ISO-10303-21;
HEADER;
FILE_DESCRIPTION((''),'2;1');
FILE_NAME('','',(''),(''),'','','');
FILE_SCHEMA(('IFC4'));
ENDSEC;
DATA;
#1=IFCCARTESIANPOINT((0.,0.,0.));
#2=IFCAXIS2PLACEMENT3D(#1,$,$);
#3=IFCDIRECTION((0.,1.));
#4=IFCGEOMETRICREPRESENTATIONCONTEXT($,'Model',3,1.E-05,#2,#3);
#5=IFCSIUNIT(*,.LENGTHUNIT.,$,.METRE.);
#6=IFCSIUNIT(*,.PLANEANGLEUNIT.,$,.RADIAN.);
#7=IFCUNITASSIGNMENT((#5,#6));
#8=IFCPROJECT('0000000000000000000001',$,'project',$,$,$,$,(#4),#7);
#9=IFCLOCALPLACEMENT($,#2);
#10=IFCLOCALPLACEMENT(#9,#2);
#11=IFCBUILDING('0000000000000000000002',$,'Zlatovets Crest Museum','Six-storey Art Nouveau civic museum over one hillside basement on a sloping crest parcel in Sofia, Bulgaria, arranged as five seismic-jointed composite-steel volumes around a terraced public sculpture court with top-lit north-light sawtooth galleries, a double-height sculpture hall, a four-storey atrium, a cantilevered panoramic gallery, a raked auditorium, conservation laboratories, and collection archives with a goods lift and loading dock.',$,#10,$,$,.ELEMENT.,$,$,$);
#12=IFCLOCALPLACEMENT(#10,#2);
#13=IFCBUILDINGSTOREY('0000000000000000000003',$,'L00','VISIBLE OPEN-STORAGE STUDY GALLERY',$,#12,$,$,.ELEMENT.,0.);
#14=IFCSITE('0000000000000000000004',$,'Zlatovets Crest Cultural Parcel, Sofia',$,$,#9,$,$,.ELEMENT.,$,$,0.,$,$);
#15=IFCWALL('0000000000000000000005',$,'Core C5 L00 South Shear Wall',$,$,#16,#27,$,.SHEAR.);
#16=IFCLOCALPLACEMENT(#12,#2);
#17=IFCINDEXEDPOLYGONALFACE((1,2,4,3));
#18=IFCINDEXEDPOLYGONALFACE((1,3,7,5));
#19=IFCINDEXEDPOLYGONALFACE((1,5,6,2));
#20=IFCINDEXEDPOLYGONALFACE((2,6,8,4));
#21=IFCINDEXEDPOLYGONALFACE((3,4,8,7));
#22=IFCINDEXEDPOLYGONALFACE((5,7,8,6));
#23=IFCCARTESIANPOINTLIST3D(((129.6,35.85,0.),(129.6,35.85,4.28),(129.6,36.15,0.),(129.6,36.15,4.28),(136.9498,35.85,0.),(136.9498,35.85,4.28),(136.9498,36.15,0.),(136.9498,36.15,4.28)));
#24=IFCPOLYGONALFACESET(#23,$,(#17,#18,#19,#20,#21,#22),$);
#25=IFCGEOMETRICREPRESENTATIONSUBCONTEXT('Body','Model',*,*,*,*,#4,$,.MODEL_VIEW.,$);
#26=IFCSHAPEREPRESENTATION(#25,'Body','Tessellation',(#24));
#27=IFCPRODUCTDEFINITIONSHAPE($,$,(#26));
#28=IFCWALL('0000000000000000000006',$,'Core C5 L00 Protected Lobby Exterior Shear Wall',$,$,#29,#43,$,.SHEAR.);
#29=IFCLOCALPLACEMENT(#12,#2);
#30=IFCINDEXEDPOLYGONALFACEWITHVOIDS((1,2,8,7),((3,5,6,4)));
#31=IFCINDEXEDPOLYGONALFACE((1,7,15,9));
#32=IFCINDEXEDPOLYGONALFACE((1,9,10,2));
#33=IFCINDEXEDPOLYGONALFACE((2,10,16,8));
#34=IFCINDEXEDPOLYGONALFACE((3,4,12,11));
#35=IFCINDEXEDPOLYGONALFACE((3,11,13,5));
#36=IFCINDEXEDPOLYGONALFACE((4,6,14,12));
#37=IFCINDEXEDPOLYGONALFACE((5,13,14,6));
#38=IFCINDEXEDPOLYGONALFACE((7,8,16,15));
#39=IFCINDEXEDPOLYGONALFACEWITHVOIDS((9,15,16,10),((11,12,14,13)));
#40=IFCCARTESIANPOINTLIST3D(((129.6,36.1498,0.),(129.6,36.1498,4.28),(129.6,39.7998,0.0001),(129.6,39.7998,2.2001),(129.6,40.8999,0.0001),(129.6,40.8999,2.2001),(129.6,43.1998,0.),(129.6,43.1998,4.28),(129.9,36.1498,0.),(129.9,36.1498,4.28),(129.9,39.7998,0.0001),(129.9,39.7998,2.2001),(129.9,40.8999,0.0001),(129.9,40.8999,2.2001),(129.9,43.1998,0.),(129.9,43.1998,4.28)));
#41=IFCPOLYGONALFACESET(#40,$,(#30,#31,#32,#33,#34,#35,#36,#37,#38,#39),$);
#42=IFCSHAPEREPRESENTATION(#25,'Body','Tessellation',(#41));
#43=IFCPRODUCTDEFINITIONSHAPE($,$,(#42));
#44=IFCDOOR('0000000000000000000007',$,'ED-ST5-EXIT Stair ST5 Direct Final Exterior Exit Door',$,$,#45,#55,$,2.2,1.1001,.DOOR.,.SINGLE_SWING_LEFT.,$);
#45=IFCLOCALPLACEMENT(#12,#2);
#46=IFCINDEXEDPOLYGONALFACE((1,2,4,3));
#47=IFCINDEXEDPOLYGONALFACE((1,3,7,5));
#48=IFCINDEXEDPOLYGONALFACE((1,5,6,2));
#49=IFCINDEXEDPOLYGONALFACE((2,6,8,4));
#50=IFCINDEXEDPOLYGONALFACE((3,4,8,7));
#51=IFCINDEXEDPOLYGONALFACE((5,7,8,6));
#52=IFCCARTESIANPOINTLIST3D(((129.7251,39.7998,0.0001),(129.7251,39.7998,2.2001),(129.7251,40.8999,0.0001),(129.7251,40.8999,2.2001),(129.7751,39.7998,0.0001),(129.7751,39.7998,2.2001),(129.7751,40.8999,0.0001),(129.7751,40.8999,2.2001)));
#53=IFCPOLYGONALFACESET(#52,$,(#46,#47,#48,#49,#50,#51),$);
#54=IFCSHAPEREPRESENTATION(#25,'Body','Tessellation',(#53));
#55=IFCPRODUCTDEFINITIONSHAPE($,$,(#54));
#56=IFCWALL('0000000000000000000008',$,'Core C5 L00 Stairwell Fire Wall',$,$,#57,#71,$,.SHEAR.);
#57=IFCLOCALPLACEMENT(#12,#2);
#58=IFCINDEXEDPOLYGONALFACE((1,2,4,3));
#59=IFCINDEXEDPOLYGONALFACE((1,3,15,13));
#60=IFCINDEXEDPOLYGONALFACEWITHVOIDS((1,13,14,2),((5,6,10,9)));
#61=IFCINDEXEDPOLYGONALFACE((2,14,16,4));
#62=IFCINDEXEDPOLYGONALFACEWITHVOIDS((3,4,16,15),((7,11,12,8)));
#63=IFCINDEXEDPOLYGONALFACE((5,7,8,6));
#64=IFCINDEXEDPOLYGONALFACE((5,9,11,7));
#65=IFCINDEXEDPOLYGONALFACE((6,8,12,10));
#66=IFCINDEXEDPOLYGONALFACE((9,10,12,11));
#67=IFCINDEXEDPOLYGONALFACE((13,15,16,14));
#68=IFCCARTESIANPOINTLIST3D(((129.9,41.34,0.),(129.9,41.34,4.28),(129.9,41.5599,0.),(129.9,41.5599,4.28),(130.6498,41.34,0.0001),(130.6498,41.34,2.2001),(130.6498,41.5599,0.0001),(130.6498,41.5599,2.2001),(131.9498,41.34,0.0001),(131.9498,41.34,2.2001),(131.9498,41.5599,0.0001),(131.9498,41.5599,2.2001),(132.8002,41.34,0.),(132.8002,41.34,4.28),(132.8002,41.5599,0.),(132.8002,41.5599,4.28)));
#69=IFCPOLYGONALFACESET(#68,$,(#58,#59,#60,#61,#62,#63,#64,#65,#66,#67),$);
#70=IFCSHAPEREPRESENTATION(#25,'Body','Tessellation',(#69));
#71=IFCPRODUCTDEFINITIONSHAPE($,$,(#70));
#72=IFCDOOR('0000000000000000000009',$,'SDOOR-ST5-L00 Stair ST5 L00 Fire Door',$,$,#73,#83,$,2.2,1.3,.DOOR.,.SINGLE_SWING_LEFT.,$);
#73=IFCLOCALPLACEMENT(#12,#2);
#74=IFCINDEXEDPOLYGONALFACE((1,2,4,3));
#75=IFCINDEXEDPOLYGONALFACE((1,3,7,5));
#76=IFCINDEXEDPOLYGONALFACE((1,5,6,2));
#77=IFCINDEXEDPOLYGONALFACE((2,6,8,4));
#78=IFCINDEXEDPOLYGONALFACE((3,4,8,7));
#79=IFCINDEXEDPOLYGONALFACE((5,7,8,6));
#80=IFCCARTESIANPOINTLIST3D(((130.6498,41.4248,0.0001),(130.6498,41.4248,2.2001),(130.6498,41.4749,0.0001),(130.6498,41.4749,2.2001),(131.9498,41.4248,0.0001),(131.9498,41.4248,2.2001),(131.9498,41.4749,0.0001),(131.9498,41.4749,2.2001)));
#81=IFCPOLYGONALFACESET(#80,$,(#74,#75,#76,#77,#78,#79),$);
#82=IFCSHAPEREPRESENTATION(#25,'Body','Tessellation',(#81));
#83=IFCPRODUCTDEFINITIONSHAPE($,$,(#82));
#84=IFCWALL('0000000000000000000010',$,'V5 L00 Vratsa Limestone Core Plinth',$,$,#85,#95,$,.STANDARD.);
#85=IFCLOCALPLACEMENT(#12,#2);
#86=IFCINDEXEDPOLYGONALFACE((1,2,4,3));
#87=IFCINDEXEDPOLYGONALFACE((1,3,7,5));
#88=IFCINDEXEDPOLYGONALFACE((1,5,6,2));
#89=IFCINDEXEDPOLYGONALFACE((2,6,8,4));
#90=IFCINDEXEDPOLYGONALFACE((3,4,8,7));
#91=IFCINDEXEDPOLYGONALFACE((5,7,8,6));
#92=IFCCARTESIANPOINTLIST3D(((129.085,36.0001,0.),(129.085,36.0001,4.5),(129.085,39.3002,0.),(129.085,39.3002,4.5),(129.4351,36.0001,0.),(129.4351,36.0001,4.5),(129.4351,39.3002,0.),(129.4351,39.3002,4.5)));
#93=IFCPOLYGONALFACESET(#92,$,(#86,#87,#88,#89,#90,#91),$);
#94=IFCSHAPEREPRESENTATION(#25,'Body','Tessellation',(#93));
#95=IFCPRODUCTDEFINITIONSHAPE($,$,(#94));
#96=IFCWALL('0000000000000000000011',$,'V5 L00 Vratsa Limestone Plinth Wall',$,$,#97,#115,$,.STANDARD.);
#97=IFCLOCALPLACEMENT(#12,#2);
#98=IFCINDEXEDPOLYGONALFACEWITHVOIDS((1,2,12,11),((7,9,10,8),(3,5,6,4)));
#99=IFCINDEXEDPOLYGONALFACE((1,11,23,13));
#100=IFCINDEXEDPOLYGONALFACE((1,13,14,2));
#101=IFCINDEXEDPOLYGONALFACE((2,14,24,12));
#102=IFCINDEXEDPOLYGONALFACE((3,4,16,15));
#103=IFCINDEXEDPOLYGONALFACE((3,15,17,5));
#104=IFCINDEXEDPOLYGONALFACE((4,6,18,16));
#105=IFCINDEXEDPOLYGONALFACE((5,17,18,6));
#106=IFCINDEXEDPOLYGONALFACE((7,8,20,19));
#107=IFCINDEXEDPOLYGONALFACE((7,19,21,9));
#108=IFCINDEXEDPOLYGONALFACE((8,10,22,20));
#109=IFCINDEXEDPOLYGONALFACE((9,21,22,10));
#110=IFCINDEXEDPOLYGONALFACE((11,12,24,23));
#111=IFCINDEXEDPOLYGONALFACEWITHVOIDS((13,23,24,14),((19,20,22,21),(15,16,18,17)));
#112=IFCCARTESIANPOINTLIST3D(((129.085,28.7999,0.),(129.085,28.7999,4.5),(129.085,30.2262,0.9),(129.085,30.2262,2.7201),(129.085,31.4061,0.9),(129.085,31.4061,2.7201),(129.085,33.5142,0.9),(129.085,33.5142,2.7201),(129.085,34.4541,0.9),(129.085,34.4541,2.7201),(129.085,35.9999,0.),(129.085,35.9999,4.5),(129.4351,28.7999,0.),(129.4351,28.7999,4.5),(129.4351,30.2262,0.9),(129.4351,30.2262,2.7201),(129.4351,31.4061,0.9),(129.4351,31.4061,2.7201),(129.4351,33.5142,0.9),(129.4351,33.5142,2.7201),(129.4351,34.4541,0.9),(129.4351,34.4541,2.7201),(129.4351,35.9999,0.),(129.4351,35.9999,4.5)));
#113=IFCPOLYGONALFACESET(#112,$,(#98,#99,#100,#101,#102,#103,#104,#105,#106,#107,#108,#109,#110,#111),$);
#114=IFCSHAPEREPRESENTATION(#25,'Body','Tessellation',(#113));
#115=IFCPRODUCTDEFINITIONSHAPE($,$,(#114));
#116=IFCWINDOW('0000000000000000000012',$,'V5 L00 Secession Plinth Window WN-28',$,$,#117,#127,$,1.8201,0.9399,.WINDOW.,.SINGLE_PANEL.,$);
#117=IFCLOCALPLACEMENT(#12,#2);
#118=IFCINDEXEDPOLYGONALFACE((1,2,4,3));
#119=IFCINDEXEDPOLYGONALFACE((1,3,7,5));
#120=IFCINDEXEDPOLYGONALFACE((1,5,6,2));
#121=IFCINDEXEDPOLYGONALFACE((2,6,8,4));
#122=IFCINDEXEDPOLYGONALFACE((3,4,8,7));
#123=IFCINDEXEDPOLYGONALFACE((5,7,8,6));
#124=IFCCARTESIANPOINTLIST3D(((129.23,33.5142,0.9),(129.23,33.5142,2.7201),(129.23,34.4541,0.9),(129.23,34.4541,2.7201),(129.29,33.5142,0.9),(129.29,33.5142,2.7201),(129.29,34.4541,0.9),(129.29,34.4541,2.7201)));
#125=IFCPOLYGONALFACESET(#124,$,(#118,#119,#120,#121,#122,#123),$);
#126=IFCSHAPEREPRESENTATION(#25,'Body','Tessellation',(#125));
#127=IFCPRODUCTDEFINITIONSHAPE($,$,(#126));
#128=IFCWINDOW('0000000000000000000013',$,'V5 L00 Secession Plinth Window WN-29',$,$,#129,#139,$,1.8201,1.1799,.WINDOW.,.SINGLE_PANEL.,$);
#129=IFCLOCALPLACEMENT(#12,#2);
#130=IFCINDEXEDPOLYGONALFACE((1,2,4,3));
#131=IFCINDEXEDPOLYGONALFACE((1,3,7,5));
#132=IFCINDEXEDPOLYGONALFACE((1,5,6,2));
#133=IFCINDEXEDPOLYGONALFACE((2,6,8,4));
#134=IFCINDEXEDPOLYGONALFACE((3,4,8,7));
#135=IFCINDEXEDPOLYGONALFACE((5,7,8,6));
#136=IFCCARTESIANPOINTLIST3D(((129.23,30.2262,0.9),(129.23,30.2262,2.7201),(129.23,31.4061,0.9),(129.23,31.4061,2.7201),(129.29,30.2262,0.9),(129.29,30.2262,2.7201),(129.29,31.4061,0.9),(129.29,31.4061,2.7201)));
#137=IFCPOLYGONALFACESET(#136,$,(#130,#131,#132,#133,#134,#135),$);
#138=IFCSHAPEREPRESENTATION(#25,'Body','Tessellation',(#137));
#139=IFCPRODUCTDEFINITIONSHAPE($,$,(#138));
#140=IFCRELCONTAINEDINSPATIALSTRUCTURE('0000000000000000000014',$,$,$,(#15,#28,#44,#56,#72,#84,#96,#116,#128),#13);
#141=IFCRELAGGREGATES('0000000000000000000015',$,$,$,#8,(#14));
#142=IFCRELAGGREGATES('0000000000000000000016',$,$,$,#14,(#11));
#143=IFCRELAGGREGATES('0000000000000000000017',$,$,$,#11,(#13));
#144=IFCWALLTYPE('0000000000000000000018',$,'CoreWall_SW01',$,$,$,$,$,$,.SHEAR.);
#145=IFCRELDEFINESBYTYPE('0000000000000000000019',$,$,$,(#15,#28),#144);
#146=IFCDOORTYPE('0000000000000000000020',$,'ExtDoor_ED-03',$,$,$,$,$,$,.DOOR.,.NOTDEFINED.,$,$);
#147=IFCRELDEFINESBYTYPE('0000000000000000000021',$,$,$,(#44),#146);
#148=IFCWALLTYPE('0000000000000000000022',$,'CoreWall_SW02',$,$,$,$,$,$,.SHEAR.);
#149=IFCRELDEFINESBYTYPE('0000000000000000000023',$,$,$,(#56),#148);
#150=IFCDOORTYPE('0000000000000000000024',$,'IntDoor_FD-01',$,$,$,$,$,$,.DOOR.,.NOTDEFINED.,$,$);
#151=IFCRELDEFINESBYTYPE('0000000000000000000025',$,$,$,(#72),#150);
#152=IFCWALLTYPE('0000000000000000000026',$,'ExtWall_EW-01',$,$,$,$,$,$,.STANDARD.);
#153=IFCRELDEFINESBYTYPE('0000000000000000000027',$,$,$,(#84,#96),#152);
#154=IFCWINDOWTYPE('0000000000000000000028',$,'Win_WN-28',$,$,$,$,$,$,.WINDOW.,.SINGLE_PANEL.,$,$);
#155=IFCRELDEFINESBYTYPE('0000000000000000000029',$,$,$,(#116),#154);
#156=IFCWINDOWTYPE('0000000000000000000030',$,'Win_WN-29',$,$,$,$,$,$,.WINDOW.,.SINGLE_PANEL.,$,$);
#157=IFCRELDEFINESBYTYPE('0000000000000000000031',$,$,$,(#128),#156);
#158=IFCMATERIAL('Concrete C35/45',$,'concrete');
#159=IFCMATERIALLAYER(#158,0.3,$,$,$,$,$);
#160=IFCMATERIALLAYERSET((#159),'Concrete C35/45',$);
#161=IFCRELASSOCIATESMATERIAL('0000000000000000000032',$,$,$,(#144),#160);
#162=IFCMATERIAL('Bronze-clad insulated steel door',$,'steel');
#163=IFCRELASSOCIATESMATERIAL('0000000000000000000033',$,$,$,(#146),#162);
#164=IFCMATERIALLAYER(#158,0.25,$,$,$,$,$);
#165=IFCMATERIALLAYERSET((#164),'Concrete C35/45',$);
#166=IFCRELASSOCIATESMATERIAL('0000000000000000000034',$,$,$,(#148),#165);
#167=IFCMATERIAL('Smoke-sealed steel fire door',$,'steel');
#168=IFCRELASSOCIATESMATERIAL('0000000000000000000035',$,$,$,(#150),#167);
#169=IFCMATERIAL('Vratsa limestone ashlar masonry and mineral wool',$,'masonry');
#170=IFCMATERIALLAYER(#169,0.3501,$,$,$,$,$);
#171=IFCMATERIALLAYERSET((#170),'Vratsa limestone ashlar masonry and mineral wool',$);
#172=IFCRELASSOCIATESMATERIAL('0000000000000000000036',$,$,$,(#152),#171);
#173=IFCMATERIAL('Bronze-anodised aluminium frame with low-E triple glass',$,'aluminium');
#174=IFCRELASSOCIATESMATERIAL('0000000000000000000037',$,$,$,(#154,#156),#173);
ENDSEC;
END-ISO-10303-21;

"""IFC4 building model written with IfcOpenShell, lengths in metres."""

from ifc_helpers import new_model, si_unit, direction, frame, frame_2d, origin, place, context, subcontext, project, spatial, rectangle, extrude, material, layer, layer_set, type_object, element, fill, save


model = new_model("IFC4")

# Units and contexts
model_context = context("Model", 3, precision=1e-05, world=origin(), true_north=direction((0.0, 1.0)))
body_context = subcontext(model_context, "Body", "Model", "MODEL_VIEW")
ifc_project = project(units=[si_unit("LENGTHUNIT", "METRE"), si_unit("PLANEANGLEUNIT", "RADIAN")], contexts=[model_context])

# Site, building, storey
site_placement = place(None, origin())
site = spatial("IfcSite", under=ifc_project, at=site_placement, Name="Zlatovets Crest Cultural Parcel, Sofia", CompositionType="ELEMENT", RefElevation=0.0)
building_placement = place(site_placement, origin())
building = spatial("IfcBuilding", under=site, at=building_placement, Name="Zlatovets Crest Museum", Description="Six-storey Art Nouveau civic museum over one hillside basement on a sloping crest parcel in Sofia, Bulgaria, arranged as five seismic-jointed composite-steel volumes around a terraced public sculpture court with top-lit north-light sawtooth galleries, a double-height sculpture hall, a four-storey atrium, a cantilevered panoramic gallery, a raked auditorium, conservation laboratories, and collection archives with a goods lift and loading dock.", CompositionType="ELEMENT")
storey_placement = place(building_placement, origin())
storey = spatial("IfcBuildingStorey", under=building, at=storey_placement, Name="L00", Description="VISIBLE OPEN-STORAGE STUDY GALLERY", CompositionType="ELEMENT", Elevation=0.0)

# Wall
ifc_material_1 = material(Name="Concrete C35/45", Category="concrete")
ifc_layer_1 = layer(ifc_material_1, 0.3)
ifc_layer_set_1 = layer_set([ifc_layer_1], Name="Concrete C35/45")
wall_type_1 = type_object("IfcWallType", Name="CoreWall_SW01", PredefinedType="SHEAR", material=ifc_layer_set_1)
wall_1_placement = place(storey_placement, frame((129.6001, 36.0, 0.0), z_axis=(0.0, 0.0, 1.0), x_axis=(1.0, 0.0, 0.0)))
element("IfcWall", 1, at=wall_1_placement, inside=storey, type_object=wall_type_1, Name="Core C5 L00 South Shear Wall", PredefinedType="SHEAR", context=body_context, shape_type="SweptSolid", body=[
    extrude(rectangle(XDim=7.3499, YDim=0.3, at=frame_2d((3.6748, 0.0))), origin(), (0.0, 0.0, 1.0), 4.28),
])

# Walls, openings, doors
wall_2_placement = place(storey_placement, frame((129.75, 36.1499, 0.0), z_axis=(0.0, 0.0, 1.0), x_axis=(0.0, 1.0, 0.0)))
wall_2 = element("IfcWall", 2, at=wall_2_placement, inside=storey, type_object=wall_type_1, Name="Core C5 L00 Protected Lobby Exterior Shear Wall", PredefinedType="SHEAR", context=body_context, shape_type="SweptSolid", body=[
    extrude(rectangle(XDim=7.05, YDim=0.3, at=frame_2d((3.5249, 0.0))), origin(), (0.0, 0.0, 1.0), 4.28),
])
opening_1_placement = place(wall_2_placement, frame((3.6499, 0.0, 0.0)))
opening_1 = element("IfcOpeningElement", 3, at=opening_1_placement, cuts=wall_2, PredefinedType="OPENING", context=body_context, shape_type="SweptSolid", body=[
    extrude(rectangle(XDim=1.1001, YDim=2.2, at=frame_2d((0.55, 1.1001))), frame((0.0, 0.1602, 0.0), z_axis=(0.0, -1.0, 0.0), x_axis=(1.0, 0.0, 0.0)), (0.0, 0.0, 1.0), 0.3201),
])
ifc_material_2 = material(Name="Bronze-clad insulated steel door", Category="steel")
door_type_1 = type_object("IfcDoorType", Name="ExtDoor_ED-03", OperationType="NOTDEFINED", PredefinedType="DOOR", material=ifc_material_2)
door_1_placement = place(opening_1_placement, origin())
door_1 = element("IfcDoor", 4, at=door_1_placement, inside=storey, type_object=door_type_1, Name="ED-ST5-EXIT Stair ST5 Direct Final Exterior Exit Door", OperationType="SINGLE_SWING_LEFT", OverallHeight=2.2, OverallWidth=1.1001, PredefinedType="DOOR", context=body_context, shape_type="SweptSolid", body=[
    extrude(rectangle(XDim=1.1001, YDim=2.2, at=frame_2d((0.55, 1.1001))), frame((0.0, 0.0249, 0.0), z_axis=(0.0, -1.0, 0.0), x_axis=(1.0, 0.0, 0.0)), (0.0, 0.0, 1.0), 0.05),
])
fill(opening_1, door_1)
ifc_layer_2 = layer(ifc_material_1, 0.25)
ifc_layer_set_2 = layer_set([ifc_layer_2], Name="Concrete C35/45")
wall_type_2 = type_object("IfcWallType", Name="CoreWall_SW02", PredefinedType="SHEAR", material=ifc_layer_set_2)
wall_3_placement = place(storey_placement, frame((129.8999, 41.45, 0.0), z_axis=(0.0, 0.0, 1.0), x_axis=(1.0, 0.0, 0.0)))
wall_3 = element("IfcWall", 5, at=wall_3_placement, inside=storey, type_object=wall_type_2, Name="Core C5 L00 Stairwell Fire Wall", PredefinedType="SHEAR", context=body_context, shape_type="SweptSolid", body=[
    extrude(rectangle(XDim=2.9001, YDim=0.22, at=frame_2d((1.4502, 0.0))), origin(), (0.0, 0.0, 1.0), 4.28),
])
opening_2_placement = place(wall_3_placement, frame((0.75, 0.0, 0.0)))
opening_2 = element("IfcOpeningElement", 6, at=opening_2_placement, cuts=wall_3, PredefinedType="OPENING", context=body_context, shape_type="SweptSolid", body=[
    extrude(rectangle(XDim=1.3, YDim=2.2, at=frame_2d((0.6499, 1.1001))), frame((0.0, 0.1201, 0.0), z_axis=(0.0, -1.0, 0.0), x_axis=(1.0, 0.0, 0.0)), (0.0, 0.0, 1.0), 0.24),
])
ifc_material_3 = material(Name="Smoke-sealed steel fire door", Category="steel")
door_type_2 = type_object("IfcDoorType", Name="IntDoor_FD-01", OperationType="NOTDEFINED", PredefinedType="DOOR", material=ifc_material_3)
door_2_placement = place(opening_2_placement, origin())
door_2 = element("IfcDoor", 7, at=door_2_placement, inside=storey, type_object=door_type_2, Name="SDOOR-ST5-L00 Stair ST5 L00 Fire Door", OperationType="SINGLE_SWING_LEFT", OverallHeight=2.2, OverallWidth=1.3, PredefinedType="DOOR", context=body_context, shape_type="SweptSolid", body=[
    extrude(rectangle(XDim=1.3, YDim=2.2, at=frame_2d((0.6499, 1.1001))), frame((0.0, 0.0249, 0.0), z_axis=(0.0, -1.0, 0.0), x_axis=(1.0, 0.0, 0.0)), (0.0, 0.0, 1.0), 0.05),
])
fill(opening_2, door_2)

# Wall
ifc_material_4 = material(Name="Vratsa limestone ashlar masonry and mineral wool", Category="masonry")
ifc_layer_3 = layer(ifc_material_4, 0.3501)
ifc_layer_set_3 = layer_set([ifc_layer_3], Name="Vratsa limestone ashlar masonry and mineral wool")
wall_type_3 = type_object("IfcWallType", Name="ExtWall_EW-01", PredefinedType="STANDARD", material=ifc_layer_set_3)
wall_4_placement = place(storey_placement, frame((129.26, 39.3, 0.0), z_axis=(0.0, 0.0, 1.0), x_axis=(0.0, -1.0, 0.0)))
element("IfcWall", 8, at=wall_4_placement, inside=storey, type_object=wall_type_3, Name="V5 L00 Vratsa Limestone Core Plinth", PredefinedType="STANDARD", context=body_context, shape_type="SweptSolid", body=[
    extrude(rectangle(XDim=3.3, YDim=0.3501, at=frame_2d((1.6499, 0.0))), origin(), (0.0, 0.0, 1.0), 4.5),
])

# Wall, openings, windows
wall_5_placement = place(storey_placement, frame((129.26, 36.0, 0.0), z_axis=(0.0, 0.0, 1.0), x_axis=(0.0, -1.0, 0.0)))
wall_5 = element("IfcWall", 9, at=wall_5_placement, inside=storey, type_object=wall_type_3, Name="V5 L00 Vratsa Limestone Plinth Wall", PredefinedType="STANDARD", context=body_context, shape_type="SweptSolid", body=[
    extrude(rectangle(XDim=7.2, YDim=0.3501, at=frame_2d((3.6001, 0.0))), origin(), (0.0, 0.0, 1.0), 4.5),
])
opening_3_placement = place(wall_5_placement, frame((1.5459, 0.0, 0.8999)))
opening_3 = element("IfcOpeningElement", 10, at=opening_3_placement, cuts=wall_5, PredefinedType="OPENING", context=body_context, shape_type="SweptSolid", body=[
    extrude(rectangle(XDim=0.9399, YDim=1.8201, at=frame_2d((0.47, 0.9102))), frame((0.0, 0.1851, 0.0), z_axis=(0.0, -1.0, 0.0), x_axis=(1.0, 0.0, 0.0)), (0.0, 0.0, 1.0), 0.3701),
])
opening_4_placement = place(wall_5_placement, frame((4.594, 0.0, 0.8999)))
opening_4 = element("IfcOpeningElement", 11, at=opening_4_placement, cuts=wall_5, PredefinedType="OPENING", context=body_context, shape_type="SweptSolid", body=[
    extrude(rectangle(XDim=1.1799, YDim=1.8201, at=frame_2d((0.5898, 0.9102))), frame((0.0, 0.1851, 0.0), z_axis=(0.0, -1.0, 0.0), x_axis=(1.0, 0.0, 0.0)), (0.0, 0.0, 1.0), 0.3701),
])
ifc_material_5 = material(Name="Bronze-anodised aluminium frame with low-E triple glass", Category="aluminium")
window_type_1 = type_object("IfcWindowType", Name="Win_WN-28", PartitioningType="SINGLE_PANEL", PredefinedType="WINDOW", material=ifc_material_5)
window_1_placement = place(opening_3_placement, origin())
window_1 = element("IfcWindow", 12, at=window_1_placement, inside=storey, type_object=window_type_1, Name="V5 L00 Secession Plinth Window WN-28", OverallHeight=1.8201, OverallWidth=0.9399, PartitioningType="SINGLE_PANEL", PredefinedType="WINDOW", context=body_context, shape_type="SweptSolid", body=[
    extrude(rectangle(XDim=0.9399, YDim=1.8201, at=frame_2d((0.47, 0.9102))), frame((0.0, 0.03, 0.0), z_axis=(0.0, -1.0, 0.0), x_axis=(1.0, 0.0, 0.0)), (0.0, 0.0, 1.0), 0.0601),
])
fill(opening_3, window_1)
window_type_2 = type_object("IfcWindowType", Name="Win_WN-29", PartitioningType="SINGLE_PANEL", PredefinedType="WINDOW", material=ifc_material_5)
window_2_placement = place(opening_4_placement, origin())
window_2 = element("IfcWindow", 13, at=window_2_placement, inside=storey, type_object=window_type_2, Name="V5 L00 Secession Plinth Window WN-29", OverallHeight=1.8201, OverallWidth=1.1799, PartitioningType="SINGLE_PANEL", PredefinedType="WINDOW", context=body_context, shape_type="SweptSolid", body=[
    extrude(rectangle(XDim=1.1799, YDim=1.8201, at=frame_2d((0.5898, 0.9102))), frame((0.0, 0.03, 0.0), z_axis=(0.0, -1.0, 0.0), x_axis=(1.0, 0.0, 0.0)), (0.0, 0.0, 1.0), 0.0601),
])
fill(opening_4, window_2)

save(model, "model.ifc")
